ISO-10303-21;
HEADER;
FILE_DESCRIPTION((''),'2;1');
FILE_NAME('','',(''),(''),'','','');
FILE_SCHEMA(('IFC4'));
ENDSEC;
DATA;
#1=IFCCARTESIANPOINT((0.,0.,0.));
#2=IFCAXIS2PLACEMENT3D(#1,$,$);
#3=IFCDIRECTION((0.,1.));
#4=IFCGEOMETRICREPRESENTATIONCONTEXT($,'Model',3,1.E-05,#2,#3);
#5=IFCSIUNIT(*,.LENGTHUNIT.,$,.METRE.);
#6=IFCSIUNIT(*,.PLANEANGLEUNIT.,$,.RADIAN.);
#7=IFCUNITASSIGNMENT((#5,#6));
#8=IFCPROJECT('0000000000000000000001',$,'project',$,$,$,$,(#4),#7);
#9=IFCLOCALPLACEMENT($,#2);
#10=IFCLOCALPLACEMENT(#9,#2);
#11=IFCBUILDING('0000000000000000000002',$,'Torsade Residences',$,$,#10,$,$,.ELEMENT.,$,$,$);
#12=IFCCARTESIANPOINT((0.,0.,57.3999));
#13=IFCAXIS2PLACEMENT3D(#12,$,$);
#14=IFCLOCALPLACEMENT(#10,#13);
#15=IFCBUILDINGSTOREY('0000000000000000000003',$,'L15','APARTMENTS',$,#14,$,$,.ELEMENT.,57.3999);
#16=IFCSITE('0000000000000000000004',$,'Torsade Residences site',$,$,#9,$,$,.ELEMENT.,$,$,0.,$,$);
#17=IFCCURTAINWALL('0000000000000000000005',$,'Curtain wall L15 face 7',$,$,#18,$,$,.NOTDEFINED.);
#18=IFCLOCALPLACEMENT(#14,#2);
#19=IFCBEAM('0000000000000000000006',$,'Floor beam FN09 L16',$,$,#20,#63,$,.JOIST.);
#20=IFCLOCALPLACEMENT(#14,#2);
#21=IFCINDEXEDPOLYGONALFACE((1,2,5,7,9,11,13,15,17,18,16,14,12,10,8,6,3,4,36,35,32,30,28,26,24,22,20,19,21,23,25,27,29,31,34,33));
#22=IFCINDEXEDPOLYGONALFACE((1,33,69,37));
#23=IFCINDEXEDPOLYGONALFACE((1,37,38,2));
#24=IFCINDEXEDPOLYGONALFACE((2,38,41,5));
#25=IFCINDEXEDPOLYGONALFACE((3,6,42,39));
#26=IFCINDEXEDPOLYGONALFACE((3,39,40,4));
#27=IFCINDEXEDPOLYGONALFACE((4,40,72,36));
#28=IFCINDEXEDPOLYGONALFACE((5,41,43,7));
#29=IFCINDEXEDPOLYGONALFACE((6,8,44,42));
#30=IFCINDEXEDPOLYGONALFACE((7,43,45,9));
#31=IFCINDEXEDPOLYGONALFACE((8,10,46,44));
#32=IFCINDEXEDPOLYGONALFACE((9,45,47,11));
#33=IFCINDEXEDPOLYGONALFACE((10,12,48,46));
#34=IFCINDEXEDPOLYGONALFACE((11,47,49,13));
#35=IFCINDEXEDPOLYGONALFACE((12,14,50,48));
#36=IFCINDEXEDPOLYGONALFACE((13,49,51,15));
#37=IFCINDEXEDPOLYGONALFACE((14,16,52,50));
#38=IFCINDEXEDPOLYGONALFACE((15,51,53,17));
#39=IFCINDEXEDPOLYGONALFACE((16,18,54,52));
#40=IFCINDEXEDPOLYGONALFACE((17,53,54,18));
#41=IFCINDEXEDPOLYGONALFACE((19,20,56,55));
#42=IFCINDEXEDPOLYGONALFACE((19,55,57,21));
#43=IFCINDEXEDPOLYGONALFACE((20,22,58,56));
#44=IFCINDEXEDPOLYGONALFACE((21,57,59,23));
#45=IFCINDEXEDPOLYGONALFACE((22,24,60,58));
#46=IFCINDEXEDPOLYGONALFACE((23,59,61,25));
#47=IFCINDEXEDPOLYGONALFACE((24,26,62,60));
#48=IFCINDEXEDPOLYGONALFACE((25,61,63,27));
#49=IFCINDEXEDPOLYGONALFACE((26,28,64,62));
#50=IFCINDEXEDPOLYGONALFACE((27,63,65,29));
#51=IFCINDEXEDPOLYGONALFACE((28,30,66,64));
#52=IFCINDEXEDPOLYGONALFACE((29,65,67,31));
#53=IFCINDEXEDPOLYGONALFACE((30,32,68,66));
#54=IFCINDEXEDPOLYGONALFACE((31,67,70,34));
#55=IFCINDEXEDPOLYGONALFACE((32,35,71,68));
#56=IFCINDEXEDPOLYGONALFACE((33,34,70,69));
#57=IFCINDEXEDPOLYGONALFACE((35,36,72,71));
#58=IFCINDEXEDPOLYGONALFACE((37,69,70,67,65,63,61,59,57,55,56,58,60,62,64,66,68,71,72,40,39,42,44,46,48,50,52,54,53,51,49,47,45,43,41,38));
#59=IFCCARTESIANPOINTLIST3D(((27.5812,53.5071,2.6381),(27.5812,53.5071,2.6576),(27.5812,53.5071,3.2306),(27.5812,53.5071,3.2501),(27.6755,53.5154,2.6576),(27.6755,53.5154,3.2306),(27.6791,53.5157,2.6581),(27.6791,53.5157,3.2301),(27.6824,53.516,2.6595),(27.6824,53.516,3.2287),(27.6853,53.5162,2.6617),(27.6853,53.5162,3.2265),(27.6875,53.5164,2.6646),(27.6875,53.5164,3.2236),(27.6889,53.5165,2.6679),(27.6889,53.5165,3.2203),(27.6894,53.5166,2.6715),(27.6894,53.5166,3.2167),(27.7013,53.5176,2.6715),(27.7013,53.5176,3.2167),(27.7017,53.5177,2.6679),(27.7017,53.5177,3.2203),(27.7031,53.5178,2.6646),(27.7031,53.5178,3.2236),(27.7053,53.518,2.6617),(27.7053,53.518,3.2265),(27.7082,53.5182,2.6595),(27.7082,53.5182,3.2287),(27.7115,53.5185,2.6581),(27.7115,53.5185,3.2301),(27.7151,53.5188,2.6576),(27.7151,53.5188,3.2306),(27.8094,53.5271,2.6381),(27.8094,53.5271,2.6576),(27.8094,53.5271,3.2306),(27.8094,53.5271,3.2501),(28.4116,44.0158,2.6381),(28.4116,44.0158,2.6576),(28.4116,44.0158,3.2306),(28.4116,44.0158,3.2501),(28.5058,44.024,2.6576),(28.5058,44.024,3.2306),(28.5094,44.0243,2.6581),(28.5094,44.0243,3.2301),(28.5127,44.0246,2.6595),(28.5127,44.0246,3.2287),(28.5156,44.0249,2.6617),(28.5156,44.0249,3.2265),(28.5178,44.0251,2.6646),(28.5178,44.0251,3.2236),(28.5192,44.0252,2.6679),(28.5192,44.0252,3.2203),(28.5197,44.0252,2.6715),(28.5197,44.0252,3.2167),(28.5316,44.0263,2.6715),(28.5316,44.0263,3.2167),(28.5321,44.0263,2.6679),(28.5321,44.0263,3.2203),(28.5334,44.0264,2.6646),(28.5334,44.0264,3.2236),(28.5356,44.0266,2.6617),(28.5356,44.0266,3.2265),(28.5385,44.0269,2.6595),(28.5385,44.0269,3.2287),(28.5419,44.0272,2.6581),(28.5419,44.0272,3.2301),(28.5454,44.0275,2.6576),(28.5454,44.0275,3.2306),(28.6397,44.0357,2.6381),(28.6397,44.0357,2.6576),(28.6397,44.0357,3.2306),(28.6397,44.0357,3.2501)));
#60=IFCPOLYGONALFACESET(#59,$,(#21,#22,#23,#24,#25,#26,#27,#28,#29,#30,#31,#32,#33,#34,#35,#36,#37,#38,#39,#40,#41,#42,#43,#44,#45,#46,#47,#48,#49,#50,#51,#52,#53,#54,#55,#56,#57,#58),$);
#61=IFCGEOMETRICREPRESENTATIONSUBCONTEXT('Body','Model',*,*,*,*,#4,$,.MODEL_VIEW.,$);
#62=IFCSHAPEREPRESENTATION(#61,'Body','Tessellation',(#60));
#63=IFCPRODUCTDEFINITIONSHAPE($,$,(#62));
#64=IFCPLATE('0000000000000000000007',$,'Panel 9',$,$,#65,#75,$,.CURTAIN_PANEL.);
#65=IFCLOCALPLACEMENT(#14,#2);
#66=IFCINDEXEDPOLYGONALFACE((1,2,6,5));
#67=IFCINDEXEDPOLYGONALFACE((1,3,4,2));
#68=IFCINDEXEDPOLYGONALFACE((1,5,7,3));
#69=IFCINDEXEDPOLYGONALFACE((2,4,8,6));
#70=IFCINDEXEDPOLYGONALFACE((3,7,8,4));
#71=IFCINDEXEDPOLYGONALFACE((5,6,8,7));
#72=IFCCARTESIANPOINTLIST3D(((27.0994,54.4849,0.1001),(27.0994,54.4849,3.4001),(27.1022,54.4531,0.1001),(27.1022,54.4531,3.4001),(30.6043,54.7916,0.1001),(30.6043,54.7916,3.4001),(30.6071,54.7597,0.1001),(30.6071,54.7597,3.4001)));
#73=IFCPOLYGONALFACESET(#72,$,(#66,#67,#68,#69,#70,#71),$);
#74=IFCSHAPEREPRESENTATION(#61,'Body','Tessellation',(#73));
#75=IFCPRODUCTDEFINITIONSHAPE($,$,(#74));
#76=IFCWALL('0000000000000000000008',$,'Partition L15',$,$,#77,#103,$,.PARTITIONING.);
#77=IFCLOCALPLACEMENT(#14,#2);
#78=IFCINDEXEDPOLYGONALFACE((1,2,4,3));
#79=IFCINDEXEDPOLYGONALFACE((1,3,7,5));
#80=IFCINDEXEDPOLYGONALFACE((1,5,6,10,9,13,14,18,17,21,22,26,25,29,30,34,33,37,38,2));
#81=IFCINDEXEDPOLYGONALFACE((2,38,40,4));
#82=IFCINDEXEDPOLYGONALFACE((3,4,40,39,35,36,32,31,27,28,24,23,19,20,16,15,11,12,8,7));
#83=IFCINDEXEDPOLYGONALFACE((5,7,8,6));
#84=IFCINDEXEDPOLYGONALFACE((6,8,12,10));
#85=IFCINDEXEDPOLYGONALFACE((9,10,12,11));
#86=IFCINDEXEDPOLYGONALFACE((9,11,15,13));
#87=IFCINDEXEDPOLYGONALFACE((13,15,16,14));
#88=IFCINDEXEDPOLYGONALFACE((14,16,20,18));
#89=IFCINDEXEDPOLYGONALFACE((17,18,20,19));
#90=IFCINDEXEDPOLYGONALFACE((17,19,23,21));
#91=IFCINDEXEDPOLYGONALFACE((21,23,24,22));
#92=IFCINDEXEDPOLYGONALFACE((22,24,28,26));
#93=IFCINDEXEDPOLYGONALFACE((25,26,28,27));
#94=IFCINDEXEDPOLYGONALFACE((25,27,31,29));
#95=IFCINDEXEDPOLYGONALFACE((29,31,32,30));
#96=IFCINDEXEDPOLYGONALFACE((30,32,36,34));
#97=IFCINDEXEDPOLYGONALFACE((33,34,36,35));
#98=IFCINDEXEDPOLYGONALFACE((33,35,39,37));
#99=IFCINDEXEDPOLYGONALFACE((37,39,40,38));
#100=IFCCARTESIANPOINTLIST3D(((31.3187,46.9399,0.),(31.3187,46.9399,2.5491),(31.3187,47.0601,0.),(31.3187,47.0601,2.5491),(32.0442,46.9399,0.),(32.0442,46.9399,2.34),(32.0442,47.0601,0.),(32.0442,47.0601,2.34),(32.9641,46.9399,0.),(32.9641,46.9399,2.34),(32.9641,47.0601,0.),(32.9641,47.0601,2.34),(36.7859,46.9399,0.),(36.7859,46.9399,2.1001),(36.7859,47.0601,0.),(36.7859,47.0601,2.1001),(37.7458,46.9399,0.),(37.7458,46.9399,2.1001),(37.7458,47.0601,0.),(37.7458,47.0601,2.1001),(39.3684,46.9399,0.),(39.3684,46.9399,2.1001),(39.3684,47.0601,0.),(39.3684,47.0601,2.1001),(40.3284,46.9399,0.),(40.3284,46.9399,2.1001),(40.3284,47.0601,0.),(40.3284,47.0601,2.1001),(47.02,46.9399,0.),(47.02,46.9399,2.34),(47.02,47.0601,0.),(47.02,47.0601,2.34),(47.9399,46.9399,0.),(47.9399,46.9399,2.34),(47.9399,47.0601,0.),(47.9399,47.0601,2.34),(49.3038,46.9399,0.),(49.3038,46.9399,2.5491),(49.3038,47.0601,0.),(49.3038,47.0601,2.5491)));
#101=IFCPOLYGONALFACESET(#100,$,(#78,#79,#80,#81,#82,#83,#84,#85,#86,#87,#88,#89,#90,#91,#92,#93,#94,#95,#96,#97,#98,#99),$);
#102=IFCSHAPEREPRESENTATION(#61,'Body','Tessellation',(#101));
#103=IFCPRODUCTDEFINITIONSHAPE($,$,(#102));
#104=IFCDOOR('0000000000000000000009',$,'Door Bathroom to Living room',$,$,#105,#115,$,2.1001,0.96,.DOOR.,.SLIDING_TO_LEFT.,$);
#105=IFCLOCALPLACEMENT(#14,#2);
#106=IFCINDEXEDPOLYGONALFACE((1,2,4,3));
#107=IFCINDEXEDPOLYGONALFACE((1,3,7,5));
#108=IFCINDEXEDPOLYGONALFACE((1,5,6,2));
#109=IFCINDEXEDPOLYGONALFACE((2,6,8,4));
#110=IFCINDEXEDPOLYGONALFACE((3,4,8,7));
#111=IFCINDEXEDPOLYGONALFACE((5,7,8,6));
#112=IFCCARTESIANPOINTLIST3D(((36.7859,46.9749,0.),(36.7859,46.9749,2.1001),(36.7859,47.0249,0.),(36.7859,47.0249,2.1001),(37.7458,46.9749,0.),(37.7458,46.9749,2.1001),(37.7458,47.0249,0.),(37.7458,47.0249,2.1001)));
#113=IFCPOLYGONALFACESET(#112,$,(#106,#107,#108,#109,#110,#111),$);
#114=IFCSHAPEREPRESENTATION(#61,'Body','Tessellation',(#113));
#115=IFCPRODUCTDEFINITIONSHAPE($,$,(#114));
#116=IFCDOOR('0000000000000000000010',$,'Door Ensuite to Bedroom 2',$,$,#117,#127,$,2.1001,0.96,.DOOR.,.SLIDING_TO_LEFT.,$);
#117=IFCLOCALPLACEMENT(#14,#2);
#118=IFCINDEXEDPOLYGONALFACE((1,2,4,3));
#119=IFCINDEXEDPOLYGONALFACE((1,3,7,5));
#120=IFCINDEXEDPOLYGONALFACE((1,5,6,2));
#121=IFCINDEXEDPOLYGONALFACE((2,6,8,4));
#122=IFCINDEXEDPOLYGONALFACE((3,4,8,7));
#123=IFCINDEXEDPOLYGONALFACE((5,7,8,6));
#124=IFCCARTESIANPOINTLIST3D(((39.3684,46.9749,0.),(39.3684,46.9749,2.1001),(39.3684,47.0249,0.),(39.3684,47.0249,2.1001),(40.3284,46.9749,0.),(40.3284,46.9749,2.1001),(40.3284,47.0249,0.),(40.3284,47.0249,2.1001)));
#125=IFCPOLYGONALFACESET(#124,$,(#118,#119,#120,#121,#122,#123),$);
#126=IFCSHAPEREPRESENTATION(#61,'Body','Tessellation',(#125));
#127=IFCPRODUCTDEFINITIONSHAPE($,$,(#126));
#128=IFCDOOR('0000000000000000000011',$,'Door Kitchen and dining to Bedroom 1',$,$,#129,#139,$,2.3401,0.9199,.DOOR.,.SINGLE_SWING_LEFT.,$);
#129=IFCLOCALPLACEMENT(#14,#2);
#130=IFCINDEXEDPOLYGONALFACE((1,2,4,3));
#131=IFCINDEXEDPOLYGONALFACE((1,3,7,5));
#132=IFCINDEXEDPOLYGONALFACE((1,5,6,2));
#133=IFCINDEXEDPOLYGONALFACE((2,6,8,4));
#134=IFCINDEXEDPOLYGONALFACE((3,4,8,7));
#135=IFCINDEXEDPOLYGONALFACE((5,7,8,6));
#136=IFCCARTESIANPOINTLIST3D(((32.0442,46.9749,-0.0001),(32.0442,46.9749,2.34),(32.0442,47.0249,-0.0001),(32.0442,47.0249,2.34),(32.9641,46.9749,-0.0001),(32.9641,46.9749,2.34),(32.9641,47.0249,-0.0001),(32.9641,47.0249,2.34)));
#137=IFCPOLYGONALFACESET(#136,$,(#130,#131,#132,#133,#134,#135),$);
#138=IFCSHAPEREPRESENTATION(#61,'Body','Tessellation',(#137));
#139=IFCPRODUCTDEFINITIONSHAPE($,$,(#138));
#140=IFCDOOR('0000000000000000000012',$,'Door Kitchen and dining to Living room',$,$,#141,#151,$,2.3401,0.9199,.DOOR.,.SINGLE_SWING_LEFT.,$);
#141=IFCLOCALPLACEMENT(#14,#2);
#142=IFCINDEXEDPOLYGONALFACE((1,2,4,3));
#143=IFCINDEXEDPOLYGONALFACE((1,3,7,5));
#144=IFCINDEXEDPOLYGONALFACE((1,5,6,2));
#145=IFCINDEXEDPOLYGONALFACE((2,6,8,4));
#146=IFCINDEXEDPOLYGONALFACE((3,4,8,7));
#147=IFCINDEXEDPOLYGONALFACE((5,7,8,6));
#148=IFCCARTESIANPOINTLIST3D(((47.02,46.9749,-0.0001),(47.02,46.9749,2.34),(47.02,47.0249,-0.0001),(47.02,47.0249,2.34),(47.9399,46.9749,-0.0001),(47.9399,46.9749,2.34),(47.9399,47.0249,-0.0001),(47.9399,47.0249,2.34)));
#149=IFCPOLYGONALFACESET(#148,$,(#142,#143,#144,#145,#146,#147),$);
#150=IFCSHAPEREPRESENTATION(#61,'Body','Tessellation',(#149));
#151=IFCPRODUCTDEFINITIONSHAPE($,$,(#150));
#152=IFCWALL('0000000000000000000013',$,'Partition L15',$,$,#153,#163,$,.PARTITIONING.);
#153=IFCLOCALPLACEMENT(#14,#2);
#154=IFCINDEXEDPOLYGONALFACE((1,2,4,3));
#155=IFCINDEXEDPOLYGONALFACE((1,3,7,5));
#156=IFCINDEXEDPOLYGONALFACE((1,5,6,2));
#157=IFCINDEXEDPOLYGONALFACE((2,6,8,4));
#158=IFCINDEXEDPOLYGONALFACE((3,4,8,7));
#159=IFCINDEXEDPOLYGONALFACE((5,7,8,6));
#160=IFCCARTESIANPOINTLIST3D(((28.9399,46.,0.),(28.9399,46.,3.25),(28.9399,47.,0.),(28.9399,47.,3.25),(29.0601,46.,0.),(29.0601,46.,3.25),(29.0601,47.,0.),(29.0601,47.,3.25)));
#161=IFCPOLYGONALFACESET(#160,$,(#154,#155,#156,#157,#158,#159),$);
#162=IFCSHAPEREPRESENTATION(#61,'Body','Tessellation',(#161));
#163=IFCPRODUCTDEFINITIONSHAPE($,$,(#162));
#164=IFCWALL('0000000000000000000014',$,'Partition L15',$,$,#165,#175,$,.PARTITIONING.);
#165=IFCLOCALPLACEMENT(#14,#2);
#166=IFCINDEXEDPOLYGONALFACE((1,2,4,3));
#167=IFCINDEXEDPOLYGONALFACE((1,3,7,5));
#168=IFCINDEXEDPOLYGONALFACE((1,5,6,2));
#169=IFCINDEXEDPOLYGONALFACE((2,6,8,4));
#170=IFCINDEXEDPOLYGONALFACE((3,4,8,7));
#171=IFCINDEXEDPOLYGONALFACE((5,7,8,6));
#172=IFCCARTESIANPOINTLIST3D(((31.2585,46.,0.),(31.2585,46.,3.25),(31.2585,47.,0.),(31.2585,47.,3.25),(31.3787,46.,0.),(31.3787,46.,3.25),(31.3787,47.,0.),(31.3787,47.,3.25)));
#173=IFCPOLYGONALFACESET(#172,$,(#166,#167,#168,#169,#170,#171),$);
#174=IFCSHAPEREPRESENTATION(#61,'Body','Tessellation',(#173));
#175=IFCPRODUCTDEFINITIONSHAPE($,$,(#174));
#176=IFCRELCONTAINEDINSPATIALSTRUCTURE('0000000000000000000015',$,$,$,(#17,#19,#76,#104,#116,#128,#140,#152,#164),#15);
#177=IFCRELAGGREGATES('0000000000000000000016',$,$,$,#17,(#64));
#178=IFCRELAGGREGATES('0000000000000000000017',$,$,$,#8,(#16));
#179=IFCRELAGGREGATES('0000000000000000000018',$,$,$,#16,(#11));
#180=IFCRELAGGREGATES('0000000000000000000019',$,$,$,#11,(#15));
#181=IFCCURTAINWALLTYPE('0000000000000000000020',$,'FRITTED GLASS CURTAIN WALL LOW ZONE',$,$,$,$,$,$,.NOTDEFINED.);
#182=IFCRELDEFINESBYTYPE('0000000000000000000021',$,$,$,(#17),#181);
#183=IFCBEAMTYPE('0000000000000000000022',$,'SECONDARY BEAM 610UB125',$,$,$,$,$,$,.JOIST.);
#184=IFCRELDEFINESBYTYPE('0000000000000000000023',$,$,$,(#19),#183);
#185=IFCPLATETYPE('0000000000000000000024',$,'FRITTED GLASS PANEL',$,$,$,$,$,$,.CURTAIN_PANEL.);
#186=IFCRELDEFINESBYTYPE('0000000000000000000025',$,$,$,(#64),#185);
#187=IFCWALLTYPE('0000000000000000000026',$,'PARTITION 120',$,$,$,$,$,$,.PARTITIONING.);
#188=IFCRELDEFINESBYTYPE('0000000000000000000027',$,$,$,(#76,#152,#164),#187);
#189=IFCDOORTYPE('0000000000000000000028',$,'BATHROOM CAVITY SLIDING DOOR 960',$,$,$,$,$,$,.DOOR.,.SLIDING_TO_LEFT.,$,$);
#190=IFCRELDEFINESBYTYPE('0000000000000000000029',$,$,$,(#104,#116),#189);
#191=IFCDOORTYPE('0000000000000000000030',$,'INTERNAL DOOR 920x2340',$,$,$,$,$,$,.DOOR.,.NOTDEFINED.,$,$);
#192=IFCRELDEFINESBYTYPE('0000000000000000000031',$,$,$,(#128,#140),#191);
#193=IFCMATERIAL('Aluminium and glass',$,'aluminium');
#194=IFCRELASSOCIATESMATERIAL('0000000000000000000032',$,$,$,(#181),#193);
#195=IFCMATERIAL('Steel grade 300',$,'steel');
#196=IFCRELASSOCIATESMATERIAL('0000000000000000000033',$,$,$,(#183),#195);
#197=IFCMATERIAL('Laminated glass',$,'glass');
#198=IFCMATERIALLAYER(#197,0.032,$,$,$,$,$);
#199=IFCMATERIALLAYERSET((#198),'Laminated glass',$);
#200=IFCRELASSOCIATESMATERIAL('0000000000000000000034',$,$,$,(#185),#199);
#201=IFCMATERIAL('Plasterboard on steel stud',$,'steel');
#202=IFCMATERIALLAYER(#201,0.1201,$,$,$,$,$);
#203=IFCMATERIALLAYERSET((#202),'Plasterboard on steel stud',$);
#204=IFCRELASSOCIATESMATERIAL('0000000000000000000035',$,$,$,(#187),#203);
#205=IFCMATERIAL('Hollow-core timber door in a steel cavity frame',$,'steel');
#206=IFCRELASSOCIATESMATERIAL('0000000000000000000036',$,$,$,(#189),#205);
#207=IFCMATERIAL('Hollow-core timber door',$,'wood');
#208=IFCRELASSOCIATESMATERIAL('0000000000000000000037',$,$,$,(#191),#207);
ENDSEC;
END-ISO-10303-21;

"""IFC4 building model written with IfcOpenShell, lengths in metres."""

from ifc_helpers import new_model, si_unit, direction, frame, frame_2d, origin, origin_2d, place, context, subcontext, project, spatial, rectangle, i_section, extrude, material, layer, layer_set, material_profile, profile_set, type_object, element, fill, aggregate, save


model = new_model("IFC4")

# Units and contexts
model_context = context("Model", 3, precision=1e-05, world=origin(), true_north=direction((0.0, 1.0)))
body_context = subcontext(model_context, "Body", "Model", "MODEL_VIEW")
ifc_project = project(units=[si_unit("LENGTHUNIT", "METRE"), si_unit("PLANEANGLEUNIT", "RADIAN")], contexts=[model_context])

# Site, building, storey
site_placement = place(None, origin())
site = spatial("IfcSite", under=ifc_project, at=site_placement, Name="Torsade Residences site", CompositionType="ELEMENT", RefElevation=0.0)
building_placement = place(site_placement, origin())
building = spatial("IfcBuilding", under=site, at=building_placement, Name="Torsade Residences", CompositionType="ELEMENT")
storey_placement = place(building_placement, frame((0.0, 0.0, 57.3999)))
storey = spatial("IfcBuildingStorey", under=building, at=storey_placement, Name="L15", Description="APARTMENTS", CompositionType="ELEMENT", Elevation=57.3999)

# Curtain wall
ifc_material_1 = material(Name="Aluminium and glass", Category="aluminium")
curtain_wall_type = type_object("IfcCurtainWallType", Name="FRITTED GLASS CURTAIN WALL LOW ZONE", PredefinedType="NOTDEFINED", material=ifc_material_1)
curtain_wall_placement = place(storey_placement, origin())
curtain_wall = element("IfcCurtainWall", 1, at=curtain_wall_placement, inside=storey, type_object=curtain_wall_type, Name="Curtain wall L15 face 7", PredefinedType="NOTDEFINED")

# Beam
ifc_material_2 = material(Name="Steel grade 300", Category="steel")
ifc_material_profile_1 = material_profile(ifc_material_2, i_section(OverallWidth=0.229, OverallDepth=0.6121, WebThickness=0.012, FlangeThickness=0.0195, FilletRadius=0.0139, at=origin_2d()), Name="610UB125")
ifc_profile_set_1 = profile_set([ifc_material_profile_1], Name="Steel grade 300")
beam_type_1 = type_object("IfcBeamType", Name="SECONDARY BEAM 610UB125", PredefinedType="JOIST", material=ifc_profile_set_1)
beam_1_placement = place(storey_placement, frame((27.6953, 53.5171, 2.9441), z_axis=(0.087148, -0.996195, 0.0), x_axis=(0.996195, 0.087148, 0.0)))
element("IfcBeam", 2, at=beam_1_placement, inside=storey, type_object=beam_type_1, Name="Floor beam FN09 L16", PredefinedType="JOIST", context=body_context, shape_type="SweptSolid", body=[
    extrude(i_section(OverallWidth=0.229, OverallDepth=0.6121, WebThickness=0.012, FlangeThickness=0.0195, FilletRadius=0.0139, at=origin_2d()), origin(), (0.0, 0.0, 1.0), 9.5276),
])

# Plate
ifc_material_3 = material(Name="Laminated glass", Category="glass")
ifc_layer_1 = layer(ifc_material_3, 0.032)
ifc_layer_set_1 = layer_set([ifc_layer_1], Name="Laminated glass")
plate_type = type_object("IfcPlateType", Name="FRITTED GLASS PANEL", PredefinedType="CURTAIN_PANEL", material=ifc_layer_set_1)
plate_placement = place(storey_placement, frame((28.8533, 54.6223, 0.1001), z_axis=(0.0, 0.0, 1.0), x_axis=(-0.996195, -0.087156, 0.0)))
plate = element("IfcPlate", 3, at=plate_placement, type_object=plate_type, Name="Panel 9", PredefinedType="CURTAIN_PANEL", context=body_context, shape_type="SweptSolid", body=[
    extrude(rectangle(XDim=3.5183, YDim=0.032, at=origin_2d()), origin(), (0.0, 0.0, 1.0), 3.3),
])
aggregate(curtain_wall, [plate])

# Wall, openings, doors
ifc_material_4 = material(Name="Plasterboard on steel stud", Category="steel")
ifc_layer_2 = layer(ifc_material_4, 0.1201)
ifc_layer_set_2 = layer_set([ifc_layer_2], Name="Plasterboard on steel stud")
wall_type_1 = type_object("IfcWallType", Name="PARTITION 120", PredefinedType="PARTITIONING", material=ifc_layer_set_2)
wall_1_placement = place(storey_placement, frame((31.3186, 47.0, 0.0), z_axis=(0.0, 0.0, 1.0), x_axis=(1.0, 0.0, 0.0)))
wall_1 = element("IfcWall", 4, at=wall_1_placement, inside=storey, type_object=wall_type_1, Name="Partition L15", PredefinedType="PARTITIONING", context=body_context, shape_type="SweptSolid", body=[
    extrude(rectangle(XDim=17.9851, YDim=0.1201, at=frame_2d((8.9927, 0.0))), origin(), (0.0, 0.0, 1.0), 2.5491),
])
opening_1_placement = place(wall_1_placement, frame((0.7256, 0.0, 0.0)))
opening_1 = element("IfcOpeningElement", 5, at=opening_1_placement, cuts=wall_1, PredefinedType="OPENING", context=body_context, shape_type="SweptSolid", body=[
    extrude(rectangle(XDim=0.9199, YDim=2.3401, at=frame_2d((0.46, 1.1699))), frame((0.0, 0.0701, 0.0), z_axis=(0.0, -1.0, 0.0), x_axis=(1.0, 0.0, 0.0)), (0.0, 0.0, 1.0), 0.1401),
])
opening_2_placement = place(wall_1_placement, frame((15.7014, 0.0, 0.0)))
opening_2 = element("IfcOpeningElement", 6, at=opening_2_placement, cuts=wall_1, PredefinedType="OPENING", context=body_context, shape_type="SweptSolid", body=[
    extrude(rectangle(XDim=0.9199, YDim=2.3401, at=frame_2d((0.46, 1.1699))), frame((0.0, 0.0701, 0.0), z_axis=(0.0, -1.0, 0.0), x_axis=(1.0, 0.0, 0.0)), (0.0, 0.0, 1.0), 0.1401),
])
opening_3_placement = place(wall_1_placement, frame((5.4673, 0.0, 0.0)))
opening_3 = element("IfcOpeningElement", 7, at=opening_3_placement, cuts=wall_1, PredefinedType="OPENING", context=body_context, shape_type="SweptSolid", body=[
    extrude(rectangle(XDim=0.96, YDim=2.1001, at=frame_2d((0.48, 1.05))), frame((0.0, 0.0701, 0.0), z_axis=(0.0, -1.0, 0.0), x_axis=(1.0, 0.0, 0.0)), (0.0, 0.0, 1.0), 0.1401),
])
opening_4_placement = place(wall_1_placement, frame((8.0498, 0.0, 0.0)))
opening_4 = element("IfcOpeningElement", 8, at=opening_4_placement, cuts=wall_1, PredefinedType="OPENING", context=body_context, shape_type="SweptSolid", body=[
    extrude(rectangle(XDim=0.96, YDim=2.1001, at=frame_2d((0.48, 1.05))), frame((0.0, 0.0701, 0.0), z_axis=(0.0, -1.0, 0.0), x_axis=(1.0, 0.0, 0.0)), (0.0, 0.0, 1.0), 0.1401),
])
ifc_material_5 = material(Name="Hollow-core timber door in a steel cavity frame", Category="steel")
door_type_1 = type_object("IfcDoorType", Name="BATHROOM CAVITY SLIDING DOOR 960", OperationType="SLIDING_TO_LEFT", PredefinedType="DOOR", material=ifc_material_5)
door_1_placement = place(opening_3_placement, origin())
door_1 = element("IfcDoor", 9, at=door_1_placement, inside=storey, type_object=door_type_1, Name="Door Bathroom to Living room", OperationType="SLIDING_TO_LEFT", OverallHeight=2.1001, OverallWidth=0.96, PredefinedType="DOOR", context=body_context, shape_type="SweptSolid", body=[
    extrude(rectangle(XDim=0.96, YDim=2.1001, at=frame_2d((0.48, 1.05))), frame((0.0, 0.0249, 0.0), z_axis=(0.0, -1.0, 0.0), x_axis=(1.0, 0.0, 0.0)), (0.0, 0.0, 1.0), 0.05),
])
fill(opening_3, door_1)
door_2_placement = place(opening_4_placement, origin())
door_2 = element("IfcDoor", 10, at=door_2_placement, inside=storey, type_object=door_type_1, Name="Door Ensuite to Bedroom 2", OperationType="SLIDING_TO_LEFT", OverallHeight=2.1001, OverallWidth=0.96, PredefinedType="DOOR", context=body_context, shape_type="SweptSolid", body=[
    extrude(rectangle(XDim=0.96, YDim=2.1001, at=frame_2d((0.48, 1.05))), frame((0.0, 0.0249, 0.0), z_axis=(0.0, -1.0, 0.0), x_axis=(1.0, 0.0, 0.0)), (0.0, 0.0, 1.0), 0.05),
])
fill(opening_4, door_2)
ifc_material_6 = material(Name="Hollow-core timber door", Category="wood")
door_type_2 = type_object("IfcDoorType", Name="INTERNAL DOOR 920x2340", OperationType="NOTDEFINED", PredefinedType="DOOR", material=ifc_material_6)
door_3_placement = place(opening_1_placement, origin())
door_3 = element("IfcDoor", 11, at=door_3_placement, inside=storey, type_object=door_type_2, Name="Door Kitchen and dining to Bedroom 1", OperationType="SINGLE_SWING_LEFT", OverallHeight=2.3401, OverallWidth=0.9199, PredefinedType="DOOR", context=body_context, shape_type="SweptSolid", body=[
    extrude(rectangle(XDim=0.9199, YDim=2.3401, at=frame_2d((0.46, 1.1699))), frame((0.0, 0.0249, 0.0), z_axis=(0.0, -1.0, 0.0), x_axis=(1.0, 0.0, 0.0)), (0.0, 0.0, 1.0), 0.05),
])
fill(opening_1, door_3)
door_4_placement = place(opening_2_placement, origin())
door_4 = element("IfcDoor", 12, at=door_4_placement, inside=storey, type_object=door_type_2, Name="Door Kitchen and dining to Living room", OperationType="SINGLE_SWING_LEFT", OverallHeight=2.3401, OverallWidth=0.9199, PredefinedType="DOOR", context=body_context, shape_type="SweptSolid", body=[
    extrude(rectangle(XDim=0.9199, YDim=2.3401, at=frame_2d((0.46, 1.1699))), frame((0.0, 0.0249, 0.0), z_axis=(0.0, -1.0, 0.0), x_axis=(1.0, 0.0, 0.0)), (0.0, 0.0, 1.0), 0.05),
])
fill(opening_2, door_4)

# Walls
for number, where, z_axis, x_axis, name in (
    (13, (29.0, 47.0, 0.0), (0.0, 0.0, 1.0), (0.0, -1.0, 0.0), "Partition L15"),
    (14, (31.3186, 46.0, 0.0), (0.0, 0.0, 1.0), (0.0, 1.0, 0.0), "Partition L15"),
):
    element("IfcWall", number, at=place(storey_placement, frame(where, z_axis=z_axis, x_axis=x_axis)), inside=storey, type_object=wall_type_1, Name=name, PredefinedType="PARTITIONING", context=body_context, shape_type="SweptSolid", body=[
        extrude(rectangle(XDim=1.0, YDim=0.1201, at=frame_2d((0.5, 0.0))), origin(), (0.0, 0.0, 1.0), 3.25),
    ])

save(model, "model.ifc")
